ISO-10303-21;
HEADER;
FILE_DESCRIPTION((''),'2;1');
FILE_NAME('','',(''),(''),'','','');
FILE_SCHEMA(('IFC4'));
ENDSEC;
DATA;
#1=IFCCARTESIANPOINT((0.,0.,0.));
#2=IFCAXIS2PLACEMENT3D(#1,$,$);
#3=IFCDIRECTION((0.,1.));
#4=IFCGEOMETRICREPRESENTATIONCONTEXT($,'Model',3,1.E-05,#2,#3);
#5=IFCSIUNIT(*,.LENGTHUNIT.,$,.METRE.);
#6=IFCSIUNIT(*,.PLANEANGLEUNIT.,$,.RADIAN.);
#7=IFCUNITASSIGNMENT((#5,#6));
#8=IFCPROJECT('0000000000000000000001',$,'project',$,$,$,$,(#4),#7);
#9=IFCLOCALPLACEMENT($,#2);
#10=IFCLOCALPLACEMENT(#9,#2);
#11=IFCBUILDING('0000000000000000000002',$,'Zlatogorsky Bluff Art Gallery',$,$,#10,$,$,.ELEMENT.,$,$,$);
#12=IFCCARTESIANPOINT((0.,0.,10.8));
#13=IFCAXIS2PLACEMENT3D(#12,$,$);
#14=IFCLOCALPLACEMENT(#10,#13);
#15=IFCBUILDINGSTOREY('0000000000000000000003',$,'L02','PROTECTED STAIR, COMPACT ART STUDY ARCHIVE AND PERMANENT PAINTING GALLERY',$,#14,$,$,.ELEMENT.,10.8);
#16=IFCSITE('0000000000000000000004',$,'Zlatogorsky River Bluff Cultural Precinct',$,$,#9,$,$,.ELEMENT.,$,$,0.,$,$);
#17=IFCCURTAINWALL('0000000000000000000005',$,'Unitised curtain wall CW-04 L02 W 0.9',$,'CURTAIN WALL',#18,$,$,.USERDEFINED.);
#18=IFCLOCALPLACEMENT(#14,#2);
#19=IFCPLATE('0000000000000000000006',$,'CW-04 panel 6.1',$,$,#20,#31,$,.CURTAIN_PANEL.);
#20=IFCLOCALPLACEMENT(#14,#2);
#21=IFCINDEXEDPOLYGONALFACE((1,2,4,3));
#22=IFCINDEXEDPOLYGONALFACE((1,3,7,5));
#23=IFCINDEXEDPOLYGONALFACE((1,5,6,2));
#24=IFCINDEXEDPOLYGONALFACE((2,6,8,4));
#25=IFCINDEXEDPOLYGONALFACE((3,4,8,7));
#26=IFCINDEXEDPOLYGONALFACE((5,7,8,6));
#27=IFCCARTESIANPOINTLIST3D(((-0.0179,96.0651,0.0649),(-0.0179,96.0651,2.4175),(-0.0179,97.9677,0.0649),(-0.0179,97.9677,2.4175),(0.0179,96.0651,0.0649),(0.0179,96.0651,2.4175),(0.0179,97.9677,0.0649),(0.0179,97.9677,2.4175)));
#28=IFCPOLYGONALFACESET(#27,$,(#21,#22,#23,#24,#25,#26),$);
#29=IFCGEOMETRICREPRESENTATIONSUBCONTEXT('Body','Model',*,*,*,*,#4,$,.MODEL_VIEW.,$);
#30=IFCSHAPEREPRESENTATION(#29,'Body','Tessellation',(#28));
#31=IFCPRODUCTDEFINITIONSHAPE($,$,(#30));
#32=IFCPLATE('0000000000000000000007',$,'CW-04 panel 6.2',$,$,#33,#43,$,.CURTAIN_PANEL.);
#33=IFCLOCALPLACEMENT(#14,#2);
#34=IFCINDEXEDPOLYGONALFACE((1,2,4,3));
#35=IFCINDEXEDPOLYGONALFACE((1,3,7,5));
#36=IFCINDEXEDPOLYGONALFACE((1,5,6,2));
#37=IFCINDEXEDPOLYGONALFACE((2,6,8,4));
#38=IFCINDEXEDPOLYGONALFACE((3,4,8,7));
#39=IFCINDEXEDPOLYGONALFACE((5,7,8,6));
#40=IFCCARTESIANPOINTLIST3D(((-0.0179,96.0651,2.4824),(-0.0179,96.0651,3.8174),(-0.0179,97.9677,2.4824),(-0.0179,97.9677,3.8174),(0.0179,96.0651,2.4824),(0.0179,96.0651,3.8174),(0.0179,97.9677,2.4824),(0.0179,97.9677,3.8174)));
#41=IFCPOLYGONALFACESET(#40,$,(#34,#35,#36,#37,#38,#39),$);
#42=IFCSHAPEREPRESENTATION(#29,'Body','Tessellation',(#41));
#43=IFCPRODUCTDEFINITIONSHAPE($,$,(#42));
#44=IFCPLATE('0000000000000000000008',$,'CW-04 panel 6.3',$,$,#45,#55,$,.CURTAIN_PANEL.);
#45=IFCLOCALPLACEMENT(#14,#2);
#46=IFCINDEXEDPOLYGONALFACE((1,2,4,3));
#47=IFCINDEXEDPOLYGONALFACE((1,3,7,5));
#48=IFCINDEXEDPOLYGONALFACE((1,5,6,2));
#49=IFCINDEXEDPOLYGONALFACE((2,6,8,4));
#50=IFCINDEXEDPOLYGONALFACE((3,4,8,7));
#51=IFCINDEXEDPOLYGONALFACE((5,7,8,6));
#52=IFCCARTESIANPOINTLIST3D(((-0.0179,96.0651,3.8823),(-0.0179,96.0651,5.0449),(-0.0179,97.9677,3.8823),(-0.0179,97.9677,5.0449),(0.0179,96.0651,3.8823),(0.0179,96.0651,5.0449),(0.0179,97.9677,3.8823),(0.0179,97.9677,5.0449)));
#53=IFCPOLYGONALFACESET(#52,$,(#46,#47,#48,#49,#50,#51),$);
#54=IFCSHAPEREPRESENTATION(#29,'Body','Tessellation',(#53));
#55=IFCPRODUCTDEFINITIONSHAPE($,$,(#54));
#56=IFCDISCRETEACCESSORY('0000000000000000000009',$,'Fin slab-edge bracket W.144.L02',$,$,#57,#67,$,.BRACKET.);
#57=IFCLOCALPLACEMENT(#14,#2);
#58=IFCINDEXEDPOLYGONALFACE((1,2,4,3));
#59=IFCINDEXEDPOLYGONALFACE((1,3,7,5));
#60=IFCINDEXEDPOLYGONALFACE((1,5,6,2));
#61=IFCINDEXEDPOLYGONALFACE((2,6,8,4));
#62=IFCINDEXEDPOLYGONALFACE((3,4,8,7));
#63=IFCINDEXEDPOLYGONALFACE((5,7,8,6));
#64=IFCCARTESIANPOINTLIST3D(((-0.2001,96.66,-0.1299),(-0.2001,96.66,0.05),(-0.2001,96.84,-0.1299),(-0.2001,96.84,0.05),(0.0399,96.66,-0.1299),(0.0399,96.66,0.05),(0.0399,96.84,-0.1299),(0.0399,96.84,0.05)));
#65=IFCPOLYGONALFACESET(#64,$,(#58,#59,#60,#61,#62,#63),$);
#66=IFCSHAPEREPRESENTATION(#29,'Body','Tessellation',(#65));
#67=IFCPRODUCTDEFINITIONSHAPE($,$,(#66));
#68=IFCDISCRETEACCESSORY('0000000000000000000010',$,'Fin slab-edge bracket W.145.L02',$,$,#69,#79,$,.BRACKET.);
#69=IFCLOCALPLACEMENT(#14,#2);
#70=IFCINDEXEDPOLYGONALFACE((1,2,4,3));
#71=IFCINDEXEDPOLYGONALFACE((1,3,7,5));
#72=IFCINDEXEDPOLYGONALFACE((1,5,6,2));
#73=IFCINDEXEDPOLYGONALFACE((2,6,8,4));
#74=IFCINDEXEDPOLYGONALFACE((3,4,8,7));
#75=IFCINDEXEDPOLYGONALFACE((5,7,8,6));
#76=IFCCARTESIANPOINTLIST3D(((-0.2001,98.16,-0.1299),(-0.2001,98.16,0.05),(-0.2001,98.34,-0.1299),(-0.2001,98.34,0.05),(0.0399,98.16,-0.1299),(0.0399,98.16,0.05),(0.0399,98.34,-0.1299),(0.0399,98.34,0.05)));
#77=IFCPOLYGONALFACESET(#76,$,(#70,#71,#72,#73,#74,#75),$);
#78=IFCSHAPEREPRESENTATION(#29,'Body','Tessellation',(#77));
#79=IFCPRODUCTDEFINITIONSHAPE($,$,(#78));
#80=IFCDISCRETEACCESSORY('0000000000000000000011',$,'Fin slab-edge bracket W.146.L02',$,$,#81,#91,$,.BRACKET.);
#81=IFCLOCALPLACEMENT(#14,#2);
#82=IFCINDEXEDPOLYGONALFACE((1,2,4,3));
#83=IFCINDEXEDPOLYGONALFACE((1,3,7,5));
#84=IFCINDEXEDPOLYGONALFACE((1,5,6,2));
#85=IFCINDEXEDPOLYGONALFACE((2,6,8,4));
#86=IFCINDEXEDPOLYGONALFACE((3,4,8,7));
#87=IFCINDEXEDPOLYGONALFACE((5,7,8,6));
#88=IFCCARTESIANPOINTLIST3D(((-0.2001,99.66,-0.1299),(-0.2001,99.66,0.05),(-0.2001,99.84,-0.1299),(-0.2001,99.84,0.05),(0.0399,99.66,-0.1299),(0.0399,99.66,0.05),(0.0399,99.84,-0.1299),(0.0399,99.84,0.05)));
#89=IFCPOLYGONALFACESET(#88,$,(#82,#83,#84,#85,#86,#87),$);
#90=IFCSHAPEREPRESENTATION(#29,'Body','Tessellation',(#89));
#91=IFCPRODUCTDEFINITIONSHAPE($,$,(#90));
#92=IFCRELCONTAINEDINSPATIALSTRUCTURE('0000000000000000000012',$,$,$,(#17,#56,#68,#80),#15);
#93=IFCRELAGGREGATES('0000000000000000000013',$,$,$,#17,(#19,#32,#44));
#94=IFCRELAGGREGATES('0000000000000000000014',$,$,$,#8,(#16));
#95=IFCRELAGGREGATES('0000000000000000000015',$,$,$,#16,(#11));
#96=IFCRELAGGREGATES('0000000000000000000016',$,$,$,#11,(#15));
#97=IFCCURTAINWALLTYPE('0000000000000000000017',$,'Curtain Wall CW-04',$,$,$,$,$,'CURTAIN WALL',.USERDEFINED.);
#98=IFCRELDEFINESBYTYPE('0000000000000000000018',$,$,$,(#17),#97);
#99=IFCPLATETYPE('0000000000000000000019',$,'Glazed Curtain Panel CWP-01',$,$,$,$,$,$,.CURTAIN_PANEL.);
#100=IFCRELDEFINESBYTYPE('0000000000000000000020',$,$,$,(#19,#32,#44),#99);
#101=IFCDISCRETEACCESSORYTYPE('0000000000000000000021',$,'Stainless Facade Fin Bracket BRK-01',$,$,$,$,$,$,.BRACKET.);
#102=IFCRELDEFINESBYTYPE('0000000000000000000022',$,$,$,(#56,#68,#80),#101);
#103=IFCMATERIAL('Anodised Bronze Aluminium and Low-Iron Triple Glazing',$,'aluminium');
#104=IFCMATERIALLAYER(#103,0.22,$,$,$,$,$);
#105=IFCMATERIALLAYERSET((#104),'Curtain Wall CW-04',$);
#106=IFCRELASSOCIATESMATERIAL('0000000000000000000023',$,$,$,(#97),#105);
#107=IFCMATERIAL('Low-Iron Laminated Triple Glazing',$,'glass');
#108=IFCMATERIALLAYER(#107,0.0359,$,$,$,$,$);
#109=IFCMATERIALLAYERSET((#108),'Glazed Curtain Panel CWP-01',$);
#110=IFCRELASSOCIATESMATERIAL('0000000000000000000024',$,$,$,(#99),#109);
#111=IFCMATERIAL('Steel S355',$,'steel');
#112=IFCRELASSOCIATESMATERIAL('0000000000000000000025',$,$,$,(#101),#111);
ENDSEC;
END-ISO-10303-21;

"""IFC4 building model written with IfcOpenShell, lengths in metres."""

from ifc_helpers import new_model, si_unit, direction, frame, origin, origin_2d, place, context, subcontext, project, spatial, rectangle, extrude, material, layer, layer_set, type_object, element, aggregate, save


model = new_model("IFC4")

# Units and contexts
model_context = context("Model", 3, precision=1e-05, world=origin(), true_north=direction((0.0, 1.0)))
body_context = subcontext(model_context, "Body", "Model", "MODEL_VIEW")
ifc_project = project(units=[si_unit("LENGTHUNIT", "METRE"), si_unit("PLANEANGLEUNIT", "RADIAN")], contexts=[model_context])

# Site, building, storey
site_placement = place(None, origin())
site = spatial("IfcSite", under=ifc_project, at=site_placement, Name="Zlatogorsky River Bluff Cultural Precinct", CompositionType="ELEMENT", RefElevation=0.0)
building_placement = place(site_placement, origin())
building = spatial("IfcBuilding", under=site, at=building_placement, Name="Zlatogorsky Bluff Art Gallery", CompositionType="ELEMENT")
storey_placement = place(building_placement, frame((0.0, 0.0, 10.8)))
storey = spatial("IfcBuildingStorey", under=building, at=storey_placement, Name="L02", Description="PROTECTED STAIR, COMPACT ART STUDY ARCHIVE AND PERMANENT PAINTING GALLERY", CompositionType="ELEMENT", Elevation=10.8)

# Shared definitions
ifc_material_1 = material(Name="Steel S355", Category="steel")

# Curtain wall, plates
ifc_material_2 = material(Name="Anodised Bronze Aluminium and Low-Iron Triple Glazing", Category="aluminium")
ifc_layer_1 = layer(ifc_material_2, 0.22)
ifc_layer_set_1 = layer_set([ifc_layer_1], Name="Curtain Wall CW-04")
curtain_wall_type = type_object("IfcCurtainWallType", Name="Curtain Wall CW-04", ElementType="CURTAIN WALL", PredefinedType="USERDEFINED", material=ifc_layer_set_1)
curtain_wall_placement = place(storey_placement, origin())
curtain_wall = element("IfcCurtainWall", 1, at=curtain_wall_placement, inside=storey, type_object=curtain_wall_type, Name="Unitised curtain wall CW-04 L02 W 0.9", ObjectType="CURTAIN WALL", PredefinedType="USERDEFINED")
ifc_material_3 = material(Name="Low-Iron Laminated Triple Glazing", Category="glass")
ifc_layer_2 = layer(ifc_material_3, 0.0359)
ifc_layer_set_2 = layer_set([ifc_layer_2], Name="Glazed Curtain Panel CWP-01")
plate_type = type_object("IfcPlateType", Name="Glazed Curtain Panel CWP-01", PredefinedType="CURTAIN_PANEL", material=ifc_layer_set_2)
plate_1_placement = place(storey_placement, frame((0.0, 97.0164, 0.0649), z_axis=(0.0, 0.0, 1.0), x_axis=(0.0, -1.0, 0.0)))
plate_1 = element("IfcPlate", 2, at=plate_1_placement, type_object=plate_type, Name="CW-04 panel 6.1", PredefinedType="CURTAIN_PANEL", context=body_context, shape_type="SweptSolid", body=[
    extrude(rectangle(XDim=1.9026, YDim=0.0359, at=origin_2d()), origin(), (0.0, 0.0, 1.0), 2.3525),
])
plate_2_placement = place(storey_placement, frame((0.0, 97.0164, 2.4824), z_axis=(0.0, 0.0, 1.0), x_axis=(0.0, -1.0, 0.0)))
plate_2 = element("IfcPlate", 3, at=plate_2_placement, type_object=plate_type, Name="CW-04 panel 6.2", PredefinedType="CURTAIN_PANEL", context=body_context, shape_type="SweptSolid", body=[
    extrude(rectangle(XDim=1.9026, YDim=0.0359, at=origin_2d()), origin(), (0.0, 0.0, 1.0), 1.335),
])
plate_3_placement = place(storey_placement, frame((0.0, 97.0164, 3.8823), z_axis=(0.0, 0.0, 1.0), x_axis=(0.0, -1.0, 0.0)))
plate_3 = element("IfcPlate", 4, at=plate_3_placement, type_object=plate_type, Name="CW-04 panel 6.3", PredefinedType="CURTAIN_PANEL", context=body_context, shape_type="SweptSolid", body=[
    extrude(rectangle(XDim=1.9026, YDim=0.0359, at=origin_2d()), origin(), (0.0, 0.0, 1.0), 1.1626),
])
aggregate(curtain_wall, [plate_1, plate_2, plate_3])

# Discrete accessories
discrete_accessory_type = type_object("IfcDiscreteAccessoryType", Name="Stainless Facade Fin Bracket BRK-01", PredefinedType="BRACKET", material=ifc_material_1)
for number, where, z_axis, x_axis, name in (
    (5, (-0.0801, 96.75, -0.1299), (0.0, 0.0, 1.0), (1.0, 0.0, 0.0), "Fin slab-edge bracket W.144.L02"),
    (6, (-0.0801, 98.25, -0.1299), (0.0, 0.0, 1.0), (1.0, 0.0, 0.0), "Fin slab-edge bracket W.145.L02"),
    (7, (-0.0801, 99.75, -0.1299), (0.0, 0.0, 1.0), (1.0, 0.0, 0.0), "Fin slab-edge bracket W.146.L02"),
):
    element("IfcDiscreteAccessory", number, at=place(storey_placement, frame(where, z_axis=z_axis, x_axis=x_axis)), inside=storey, type_object=discrete_accessory_type, Name=name, PredefinedType="BRACKET", context=body_context, shape_type="SweptSolid", body=[
        extrude(rectangle(XDim=0.24, YDim=0.1799, at=origin_2d()), origin(), (0.0, 0.0, 1.0), 0.1799),
    ])

save(model, "model.ifc")
